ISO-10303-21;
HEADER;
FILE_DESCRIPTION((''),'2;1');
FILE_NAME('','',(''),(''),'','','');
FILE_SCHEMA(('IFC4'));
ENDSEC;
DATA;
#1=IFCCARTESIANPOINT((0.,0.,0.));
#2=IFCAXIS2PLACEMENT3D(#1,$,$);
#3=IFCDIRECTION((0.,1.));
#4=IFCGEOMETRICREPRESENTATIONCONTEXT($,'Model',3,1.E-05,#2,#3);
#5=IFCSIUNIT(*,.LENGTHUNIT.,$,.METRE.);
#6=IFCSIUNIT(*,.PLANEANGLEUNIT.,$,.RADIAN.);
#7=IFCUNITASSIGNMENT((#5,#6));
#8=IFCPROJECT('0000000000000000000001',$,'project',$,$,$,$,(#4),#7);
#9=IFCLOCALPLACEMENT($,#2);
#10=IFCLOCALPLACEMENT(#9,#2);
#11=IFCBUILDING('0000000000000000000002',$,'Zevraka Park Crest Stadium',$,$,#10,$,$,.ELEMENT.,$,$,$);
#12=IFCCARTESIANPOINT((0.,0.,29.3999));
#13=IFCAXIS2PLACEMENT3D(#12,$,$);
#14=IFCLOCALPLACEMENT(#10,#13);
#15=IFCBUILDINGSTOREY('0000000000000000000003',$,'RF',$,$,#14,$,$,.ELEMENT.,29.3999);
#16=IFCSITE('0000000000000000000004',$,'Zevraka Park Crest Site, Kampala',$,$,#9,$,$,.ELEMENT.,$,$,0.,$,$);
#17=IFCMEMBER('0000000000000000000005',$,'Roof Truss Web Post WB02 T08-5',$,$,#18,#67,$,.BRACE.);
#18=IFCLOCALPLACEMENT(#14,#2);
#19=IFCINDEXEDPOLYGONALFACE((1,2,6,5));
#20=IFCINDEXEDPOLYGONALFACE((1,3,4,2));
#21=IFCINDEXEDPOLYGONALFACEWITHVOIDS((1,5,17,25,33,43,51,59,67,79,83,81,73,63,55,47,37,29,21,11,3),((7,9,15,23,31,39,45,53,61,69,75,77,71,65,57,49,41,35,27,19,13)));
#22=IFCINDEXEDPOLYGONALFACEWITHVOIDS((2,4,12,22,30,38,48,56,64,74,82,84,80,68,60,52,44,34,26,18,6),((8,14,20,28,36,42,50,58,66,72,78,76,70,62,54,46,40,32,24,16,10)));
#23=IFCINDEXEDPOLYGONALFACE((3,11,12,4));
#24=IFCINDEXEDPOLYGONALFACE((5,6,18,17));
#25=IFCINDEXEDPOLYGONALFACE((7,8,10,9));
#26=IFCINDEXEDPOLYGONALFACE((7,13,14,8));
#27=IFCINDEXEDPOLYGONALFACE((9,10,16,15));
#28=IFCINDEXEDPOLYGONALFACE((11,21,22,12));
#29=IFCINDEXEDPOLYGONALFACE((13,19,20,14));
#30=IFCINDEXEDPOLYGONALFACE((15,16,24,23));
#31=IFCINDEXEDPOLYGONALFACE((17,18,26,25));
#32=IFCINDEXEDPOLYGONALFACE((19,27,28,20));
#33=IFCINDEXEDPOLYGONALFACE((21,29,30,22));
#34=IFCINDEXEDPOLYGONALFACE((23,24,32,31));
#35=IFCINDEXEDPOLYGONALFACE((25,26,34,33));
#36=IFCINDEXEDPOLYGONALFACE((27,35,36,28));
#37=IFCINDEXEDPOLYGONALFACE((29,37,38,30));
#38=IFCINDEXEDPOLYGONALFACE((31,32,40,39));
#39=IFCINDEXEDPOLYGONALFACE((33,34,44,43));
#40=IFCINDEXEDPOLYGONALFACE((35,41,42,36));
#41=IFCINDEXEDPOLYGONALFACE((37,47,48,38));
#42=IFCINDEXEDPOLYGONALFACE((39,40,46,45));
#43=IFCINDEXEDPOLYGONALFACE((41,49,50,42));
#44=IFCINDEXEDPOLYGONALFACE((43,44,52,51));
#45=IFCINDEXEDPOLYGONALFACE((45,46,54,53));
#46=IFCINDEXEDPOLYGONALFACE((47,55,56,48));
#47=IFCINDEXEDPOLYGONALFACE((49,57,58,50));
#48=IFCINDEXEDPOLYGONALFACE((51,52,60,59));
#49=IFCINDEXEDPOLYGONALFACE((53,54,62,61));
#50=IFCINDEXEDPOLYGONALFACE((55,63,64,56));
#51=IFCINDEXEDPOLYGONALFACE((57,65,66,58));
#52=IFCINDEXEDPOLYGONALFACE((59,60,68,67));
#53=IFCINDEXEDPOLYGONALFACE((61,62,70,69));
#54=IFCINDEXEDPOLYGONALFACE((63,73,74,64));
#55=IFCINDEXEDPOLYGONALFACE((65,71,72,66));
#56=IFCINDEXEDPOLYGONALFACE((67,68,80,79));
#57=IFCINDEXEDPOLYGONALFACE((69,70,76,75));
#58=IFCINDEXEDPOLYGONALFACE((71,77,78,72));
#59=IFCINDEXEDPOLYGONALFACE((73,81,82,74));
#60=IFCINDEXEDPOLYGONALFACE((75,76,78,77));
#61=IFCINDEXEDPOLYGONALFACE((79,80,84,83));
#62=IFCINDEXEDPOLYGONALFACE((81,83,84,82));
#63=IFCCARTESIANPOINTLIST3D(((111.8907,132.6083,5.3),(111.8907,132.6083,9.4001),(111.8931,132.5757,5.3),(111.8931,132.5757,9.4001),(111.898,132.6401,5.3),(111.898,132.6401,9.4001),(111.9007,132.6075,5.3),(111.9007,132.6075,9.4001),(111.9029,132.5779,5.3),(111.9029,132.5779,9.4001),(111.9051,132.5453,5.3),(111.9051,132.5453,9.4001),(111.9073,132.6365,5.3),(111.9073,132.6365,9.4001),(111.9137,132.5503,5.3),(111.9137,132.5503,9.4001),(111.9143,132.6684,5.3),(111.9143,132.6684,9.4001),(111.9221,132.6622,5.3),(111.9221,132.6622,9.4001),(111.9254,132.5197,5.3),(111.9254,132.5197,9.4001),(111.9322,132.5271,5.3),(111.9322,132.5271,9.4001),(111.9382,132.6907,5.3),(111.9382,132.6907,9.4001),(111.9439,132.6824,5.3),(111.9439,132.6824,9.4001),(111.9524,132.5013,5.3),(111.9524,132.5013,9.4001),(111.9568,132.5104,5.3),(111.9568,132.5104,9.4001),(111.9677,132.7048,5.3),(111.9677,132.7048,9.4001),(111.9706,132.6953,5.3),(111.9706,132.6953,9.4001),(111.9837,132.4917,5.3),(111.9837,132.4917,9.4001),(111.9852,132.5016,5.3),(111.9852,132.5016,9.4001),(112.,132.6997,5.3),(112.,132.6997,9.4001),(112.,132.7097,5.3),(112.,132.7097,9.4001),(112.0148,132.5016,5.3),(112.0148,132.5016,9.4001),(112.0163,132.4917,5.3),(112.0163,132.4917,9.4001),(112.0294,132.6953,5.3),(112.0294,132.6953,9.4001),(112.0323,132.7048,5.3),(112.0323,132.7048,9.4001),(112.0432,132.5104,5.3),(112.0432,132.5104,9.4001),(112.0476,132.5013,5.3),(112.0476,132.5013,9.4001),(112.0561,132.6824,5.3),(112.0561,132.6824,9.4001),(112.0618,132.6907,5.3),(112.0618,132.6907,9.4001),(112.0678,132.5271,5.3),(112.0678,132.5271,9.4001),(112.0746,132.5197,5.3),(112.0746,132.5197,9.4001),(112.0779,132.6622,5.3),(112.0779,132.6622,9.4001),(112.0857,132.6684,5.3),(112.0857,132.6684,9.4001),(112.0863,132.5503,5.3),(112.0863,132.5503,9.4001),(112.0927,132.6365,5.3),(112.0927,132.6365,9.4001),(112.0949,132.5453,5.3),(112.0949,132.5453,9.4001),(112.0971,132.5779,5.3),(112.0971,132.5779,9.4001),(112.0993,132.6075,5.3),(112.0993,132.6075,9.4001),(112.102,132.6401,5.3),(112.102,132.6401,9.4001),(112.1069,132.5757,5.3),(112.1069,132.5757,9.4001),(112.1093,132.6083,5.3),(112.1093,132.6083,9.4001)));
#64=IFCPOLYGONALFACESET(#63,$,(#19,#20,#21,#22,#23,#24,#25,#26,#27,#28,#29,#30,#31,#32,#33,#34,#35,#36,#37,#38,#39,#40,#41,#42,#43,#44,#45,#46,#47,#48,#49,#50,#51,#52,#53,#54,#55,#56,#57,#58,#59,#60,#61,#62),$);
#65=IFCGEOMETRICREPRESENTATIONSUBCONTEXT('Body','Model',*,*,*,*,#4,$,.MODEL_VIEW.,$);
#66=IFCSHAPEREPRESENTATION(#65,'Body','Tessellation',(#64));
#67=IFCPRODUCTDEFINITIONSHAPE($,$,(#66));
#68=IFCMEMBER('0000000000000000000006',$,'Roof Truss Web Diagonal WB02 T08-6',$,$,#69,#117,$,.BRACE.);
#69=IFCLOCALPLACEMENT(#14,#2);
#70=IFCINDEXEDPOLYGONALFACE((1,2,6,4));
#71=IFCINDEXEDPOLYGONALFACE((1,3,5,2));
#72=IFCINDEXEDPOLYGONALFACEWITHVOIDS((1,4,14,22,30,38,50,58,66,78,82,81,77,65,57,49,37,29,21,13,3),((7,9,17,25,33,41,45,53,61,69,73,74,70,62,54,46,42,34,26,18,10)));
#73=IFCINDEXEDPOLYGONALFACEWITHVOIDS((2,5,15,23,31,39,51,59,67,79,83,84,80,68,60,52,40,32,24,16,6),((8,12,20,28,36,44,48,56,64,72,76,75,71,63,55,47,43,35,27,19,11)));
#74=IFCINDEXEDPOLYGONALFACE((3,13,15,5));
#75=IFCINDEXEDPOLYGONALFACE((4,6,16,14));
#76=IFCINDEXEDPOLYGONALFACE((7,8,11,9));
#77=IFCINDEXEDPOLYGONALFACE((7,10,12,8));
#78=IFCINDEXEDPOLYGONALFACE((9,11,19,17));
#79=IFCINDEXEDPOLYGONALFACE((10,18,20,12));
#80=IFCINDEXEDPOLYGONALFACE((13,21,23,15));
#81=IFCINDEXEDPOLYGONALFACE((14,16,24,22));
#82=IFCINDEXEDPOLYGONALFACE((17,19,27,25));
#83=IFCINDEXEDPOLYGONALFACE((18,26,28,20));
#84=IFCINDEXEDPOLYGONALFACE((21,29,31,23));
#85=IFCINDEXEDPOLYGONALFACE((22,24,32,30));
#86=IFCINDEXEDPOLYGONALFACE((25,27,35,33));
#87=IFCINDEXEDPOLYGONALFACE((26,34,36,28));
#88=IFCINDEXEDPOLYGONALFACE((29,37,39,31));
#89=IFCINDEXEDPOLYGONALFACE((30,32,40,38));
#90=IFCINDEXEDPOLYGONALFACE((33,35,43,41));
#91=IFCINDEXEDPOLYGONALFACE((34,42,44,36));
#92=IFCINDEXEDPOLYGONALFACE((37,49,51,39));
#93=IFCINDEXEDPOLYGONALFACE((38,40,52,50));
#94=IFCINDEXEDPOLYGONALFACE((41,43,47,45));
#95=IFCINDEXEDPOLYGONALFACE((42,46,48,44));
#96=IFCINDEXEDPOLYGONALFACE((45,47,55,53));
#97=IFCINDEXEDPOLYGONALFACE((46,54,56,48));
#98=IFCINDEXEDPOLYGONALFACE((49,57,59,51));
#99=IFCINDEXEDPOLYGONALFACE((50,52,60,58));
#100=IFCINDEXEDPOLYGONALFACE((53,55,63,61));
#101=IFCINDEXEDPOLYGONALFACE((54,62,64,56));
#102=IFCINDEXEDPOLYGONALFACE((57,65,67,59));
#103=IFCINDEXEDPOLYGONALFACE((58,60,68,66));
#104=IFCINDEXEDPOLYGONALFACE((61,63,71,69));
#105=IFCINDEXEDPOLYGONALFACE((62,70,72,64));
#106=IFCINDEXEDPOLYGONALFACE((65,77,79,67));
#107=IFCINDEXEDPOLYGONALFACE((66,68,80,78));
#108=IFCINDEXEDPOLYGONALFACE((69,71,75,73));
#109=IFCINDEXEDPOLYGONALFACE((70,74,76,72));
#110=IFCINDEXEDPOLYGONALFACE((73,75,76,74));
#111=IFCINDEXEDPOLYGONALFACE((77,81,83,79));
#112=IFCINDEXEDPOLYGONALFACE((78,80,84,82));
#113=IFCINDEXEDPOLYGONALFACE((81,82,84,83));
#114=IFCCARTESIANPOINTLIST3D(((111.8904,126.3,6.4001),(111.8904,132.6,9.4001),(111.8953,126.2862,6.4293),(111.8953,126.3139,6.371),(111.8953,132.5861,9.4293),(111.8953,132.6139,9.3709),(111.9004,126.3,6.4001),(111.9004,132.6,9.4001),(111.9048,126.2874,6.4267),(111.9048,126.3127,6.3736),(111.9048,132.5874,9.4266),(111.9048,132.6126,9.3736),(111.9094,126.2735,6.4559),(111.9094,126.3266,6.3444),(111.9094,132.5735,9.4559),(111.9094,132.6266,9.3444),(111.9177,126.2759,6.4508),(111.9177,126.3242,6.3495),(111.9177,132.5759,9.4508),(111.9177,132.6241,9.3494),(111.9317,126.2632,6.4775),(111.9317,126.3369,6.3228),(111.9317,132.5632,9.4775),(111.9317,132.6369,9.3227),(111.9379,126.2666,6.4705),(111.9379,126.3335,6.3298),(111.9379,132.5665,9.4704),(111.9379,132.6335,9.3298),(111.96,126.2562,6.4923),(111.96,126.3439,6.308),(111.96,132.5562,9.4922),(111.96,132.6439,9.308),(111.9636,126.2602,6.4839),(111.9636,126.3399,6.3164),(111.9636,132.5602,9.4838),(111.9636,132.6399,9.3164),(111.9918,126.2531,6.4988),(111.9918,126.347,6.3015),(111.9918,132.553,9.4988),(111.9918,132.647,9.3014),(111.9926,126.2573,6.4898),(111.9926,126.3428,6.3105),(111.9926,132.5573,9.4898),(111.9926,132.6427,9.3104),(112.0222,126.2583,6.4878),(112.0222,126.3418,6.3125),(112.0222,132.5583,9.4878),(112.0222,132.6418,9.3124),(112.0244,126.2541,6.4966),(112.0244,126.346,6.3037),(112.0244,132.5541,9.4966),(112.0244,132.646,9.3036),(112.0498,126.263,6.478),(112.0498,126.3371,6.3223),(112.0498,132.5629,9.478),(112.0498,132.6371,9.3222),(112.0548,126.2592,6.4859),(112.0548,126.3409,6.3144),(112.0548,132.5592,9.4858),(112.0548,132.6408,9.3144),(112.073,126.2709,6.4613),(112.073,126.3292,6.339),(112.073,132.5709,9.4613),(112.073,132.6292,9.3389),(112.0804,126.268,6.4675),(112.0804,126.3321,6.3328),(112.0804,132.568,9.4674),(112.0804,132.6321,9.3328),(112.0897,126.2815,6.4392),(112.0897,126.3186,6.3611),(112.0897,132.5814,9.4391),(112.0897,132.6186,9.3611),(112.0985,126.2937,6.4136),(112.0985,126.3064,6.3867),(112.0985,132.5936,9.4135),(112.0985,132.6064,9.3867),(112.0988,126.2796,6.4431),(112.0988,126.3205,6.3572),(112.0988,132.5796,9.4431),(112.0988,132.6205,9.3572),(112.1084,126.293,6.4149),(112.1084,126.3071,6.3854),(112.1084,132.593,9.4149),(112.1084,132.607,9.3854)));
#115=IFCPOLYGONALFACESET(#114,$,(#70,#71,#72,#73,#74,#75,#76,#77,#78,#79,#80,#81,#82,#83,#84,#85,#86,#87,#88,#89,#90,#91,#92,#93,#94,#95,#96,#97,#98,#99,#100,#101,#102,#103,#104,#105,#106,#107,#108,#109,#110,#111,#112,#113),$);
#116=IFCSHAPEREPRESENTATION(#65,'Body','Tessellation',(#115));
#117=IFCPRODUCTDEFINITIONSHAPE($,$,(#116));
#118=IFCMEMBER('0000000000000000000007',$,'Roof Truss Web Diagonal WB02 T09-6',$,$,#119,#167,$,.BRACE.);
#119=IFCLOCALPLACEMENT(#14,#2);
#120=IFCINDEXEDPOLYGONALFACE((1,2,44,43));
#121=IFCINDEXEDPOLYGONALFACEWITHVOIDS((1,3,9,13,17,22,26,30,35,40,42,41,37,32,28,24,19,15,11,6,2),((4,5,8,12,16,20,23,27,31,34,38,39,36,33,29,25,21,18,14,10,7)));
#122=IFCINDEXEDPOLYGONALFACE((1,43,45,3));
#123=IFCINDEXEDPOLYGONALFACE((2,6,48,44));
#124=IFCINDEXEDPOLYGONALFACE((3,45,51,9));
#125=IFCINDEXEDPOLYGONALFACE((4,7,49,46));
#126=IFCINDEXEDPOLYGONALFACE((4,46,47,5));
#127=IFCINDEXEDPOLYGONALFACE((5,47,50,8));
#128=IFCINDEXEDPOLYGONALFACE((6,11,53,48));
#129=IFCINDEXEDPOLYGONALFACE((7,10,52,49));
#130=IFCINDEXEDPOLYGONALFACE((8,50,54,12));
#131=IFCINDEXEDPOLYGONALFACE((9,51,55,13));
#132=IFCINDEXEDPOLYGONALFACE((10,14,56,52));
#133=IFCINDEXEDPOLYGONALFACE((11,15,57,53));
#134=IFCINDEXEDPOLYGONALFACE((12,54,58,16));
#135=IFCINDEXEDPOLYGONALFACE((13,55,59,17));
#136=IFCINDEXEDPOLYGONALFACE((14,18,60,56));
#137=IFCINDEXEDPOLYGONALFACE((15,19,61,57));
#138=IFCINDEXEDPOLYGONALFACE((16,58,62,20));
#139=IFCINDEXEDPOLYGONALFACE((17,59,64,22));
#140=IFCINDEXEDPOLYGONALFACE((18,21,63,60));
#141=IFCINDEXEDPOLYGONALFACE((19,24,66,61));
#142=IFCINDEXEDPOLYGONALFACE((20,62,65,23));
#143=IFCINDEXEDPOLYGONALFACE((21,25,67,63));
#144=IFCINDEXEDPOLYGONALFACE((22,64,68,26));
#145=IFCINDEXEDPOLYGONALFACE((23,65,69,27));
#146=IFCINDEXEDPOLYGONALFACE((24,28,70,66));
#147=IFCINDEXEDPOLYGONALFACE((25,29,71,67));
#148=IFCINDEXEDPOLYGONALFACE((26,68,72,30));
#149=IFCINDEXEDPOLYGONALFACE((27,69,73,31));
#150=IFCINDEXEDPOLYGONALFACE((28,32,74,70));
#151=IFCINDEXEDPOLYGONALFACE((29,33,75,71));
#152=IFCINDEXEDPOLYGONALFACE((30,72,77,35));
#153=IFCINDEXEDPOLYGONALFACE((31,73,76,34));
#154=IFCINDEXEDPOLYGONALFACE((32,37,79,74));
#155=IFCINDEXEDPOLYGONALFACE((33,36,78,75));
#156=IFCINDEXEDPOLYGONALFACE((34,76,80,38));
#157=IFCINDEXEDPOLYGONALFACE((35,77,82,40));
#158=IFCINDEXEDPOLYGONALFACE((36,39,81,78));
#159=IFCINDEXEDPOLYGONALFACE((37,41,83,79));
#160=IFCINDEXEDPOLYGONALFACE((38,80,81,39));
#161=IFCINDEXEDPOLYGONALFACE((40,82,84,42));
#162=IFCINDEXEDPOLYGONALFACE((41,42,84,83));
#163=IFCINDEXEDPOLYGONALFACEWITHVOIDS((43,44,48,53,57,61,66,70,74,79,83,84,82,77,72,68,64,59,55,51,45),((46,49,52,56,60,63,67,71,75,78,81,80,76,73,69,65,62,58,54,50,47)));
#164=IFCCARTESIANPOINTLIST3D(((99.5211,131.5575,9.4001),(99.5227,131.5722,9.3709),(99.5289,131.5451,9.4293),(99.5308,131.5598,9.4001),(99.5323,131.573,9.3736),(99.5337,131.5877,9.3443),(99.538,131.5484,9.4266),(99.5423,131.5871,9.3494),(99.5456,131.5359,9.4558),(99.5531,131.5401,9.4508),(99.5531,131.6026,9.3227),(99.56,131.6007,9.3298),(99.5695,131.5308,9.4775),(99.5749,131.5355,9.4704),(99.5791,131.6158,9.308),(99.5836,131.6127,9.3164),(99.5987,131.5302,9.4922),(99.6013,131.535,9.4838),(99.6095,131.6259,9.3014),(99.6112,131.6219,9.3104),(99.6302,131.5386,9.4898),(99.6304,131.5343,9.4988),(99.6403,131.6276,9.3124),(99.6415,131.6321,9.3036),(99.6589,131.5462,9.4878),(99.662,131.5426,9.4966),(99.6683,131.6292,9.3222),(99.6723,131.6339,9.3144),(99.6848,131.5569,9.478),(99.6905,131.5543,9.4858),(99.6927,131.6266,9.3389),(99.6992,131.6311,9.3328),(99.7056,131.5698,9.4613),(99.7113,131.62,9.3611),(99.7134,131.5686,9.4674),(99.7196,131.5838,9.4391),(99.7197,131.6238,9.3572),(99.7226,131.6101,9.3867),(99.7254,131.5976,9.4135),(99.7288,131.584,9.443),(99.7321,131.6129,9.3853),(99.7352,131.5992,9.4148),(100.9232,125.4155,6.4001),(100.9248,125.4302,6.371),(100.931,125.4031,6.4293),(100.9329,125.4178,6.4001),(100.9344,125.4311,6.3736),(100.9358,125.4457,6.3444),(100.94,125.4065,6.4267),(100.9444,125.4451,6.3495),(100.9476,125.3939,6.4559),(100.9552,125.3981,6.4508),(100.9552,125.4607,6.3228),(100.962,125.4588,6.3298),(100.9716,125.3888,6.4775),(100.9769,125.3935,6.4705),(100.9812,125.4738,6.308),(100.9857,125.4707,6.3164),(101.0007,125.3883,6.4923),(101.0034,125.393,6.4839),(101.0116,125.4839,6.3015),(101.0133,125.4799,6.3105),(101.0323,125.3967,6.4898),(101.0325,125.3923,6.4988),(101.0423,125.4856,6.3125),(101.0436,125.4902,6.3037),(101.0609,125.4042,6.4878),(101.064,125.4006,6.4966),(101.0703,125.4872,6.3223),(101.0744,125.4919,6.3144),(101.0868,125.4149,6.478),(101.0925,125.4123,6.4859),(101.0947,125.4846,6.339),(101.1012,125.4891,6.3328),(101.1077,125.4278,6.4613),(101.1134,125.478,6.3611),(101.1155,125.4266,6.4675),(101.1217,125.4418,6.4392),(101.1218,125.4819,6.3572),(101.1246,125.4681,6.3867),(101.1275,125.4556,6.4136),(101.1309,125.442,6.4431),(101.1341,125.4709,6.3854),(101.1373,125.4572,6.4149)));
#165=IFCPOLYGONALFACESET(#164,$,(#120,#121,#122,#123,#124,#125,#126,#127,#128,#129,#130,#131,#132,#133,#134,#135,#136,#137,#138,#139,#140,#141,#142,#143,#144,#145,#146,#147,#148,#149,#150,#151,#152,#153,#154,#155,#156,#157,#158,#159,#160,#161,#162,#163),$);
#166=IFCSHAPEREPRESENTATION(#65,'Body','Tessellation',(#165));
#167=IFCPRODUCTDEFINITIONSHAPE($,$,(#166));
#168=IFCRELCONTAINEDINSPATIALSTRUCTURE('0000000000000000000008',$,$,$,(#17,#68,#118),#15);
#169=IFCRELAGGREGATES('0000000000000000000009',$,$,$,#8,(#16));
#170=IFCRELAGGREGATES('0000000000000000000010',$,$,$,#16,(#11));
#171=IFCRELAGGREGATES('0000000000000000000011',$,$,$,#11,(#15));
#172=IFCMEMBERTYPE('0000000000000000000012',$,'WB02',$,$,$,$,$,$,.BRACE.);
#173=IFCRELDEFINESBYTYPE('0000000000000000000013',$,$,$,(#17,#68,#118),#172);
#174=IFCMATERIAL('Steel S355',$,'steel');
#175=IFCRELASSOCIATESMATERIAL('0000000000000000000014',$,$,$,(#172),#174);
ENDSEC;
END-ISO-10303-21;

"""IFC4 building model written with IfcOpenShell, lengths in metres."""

from ifc_helpers import new_model, si_unit, direction, frame, origin, origin_2d, place, context, subcontext, project, spatial, hollow_circle, extrude, material, material_profile, profile_set, type_object, element, save


model = new_model("IFC4")

# Units and contexts
model_context = context("Model", 3, precision=1e-05, world=origin(), true_north=direction((0.0, 1.0)))
body_context = subcontext(model_context, "Body", "Model", "MODEL_VIEW")
ifc_project = project(units=[si_unit("LENGTHUNIT", "METRE"), si_unit("PLANEANGLEUNIT", "RADIAN")], contexts=[model_context])

# Site, building, storey
site_placement = place(None, origin())
site = spatial("IfcSite", under=ifc_project, at=site_placement, Name="Zevraka Park Crest Site, Kampala", CompositionType="ELEMENT", RefElevation=0.0)
building_placement = place(site_placement, origin())
building = spatial("IfcBuilding", under=site, at=building_placement, Name="Zevraka Park Crest Stadium", CompositionType="ELEMENT")
storey_placement = place(building_placement, frame((0.0, 0.0, 29.3999)))
storey = spatial("IfcBuildingStorey", under=building, at=storey_placement, Name="RF", CompositionType="ELEMENT", Elevation=29.3999)

# Members
ifc_material_1 = material(Name="Steel S355", Category="steel")
ifc_material_profile_1 = material_profile(ifc_material_1, hollow_circle(Radius=0.1096, WallThickness=0.01, at=origin_2d()), Name="CHS 219.1x10")
ifc_profile_set_1 = profile_set([ifc_material_profile_1], Name="Steel S355")
member_type_1 = type_object("IfcMemberType", Name="WB02", PredefinedType="BRACE", material=ifc_profile_set_1)
member_1_placement = place(storey_placement, frame((112.0, 132.6001, 5.3), z_axis=(0.0, 0.0, 1.0), x_axis=(0.0, 1.0, 0.0)))
element("IfcMember", 1, at=member_1_placement, inside=storey, type_object=member_type_1, Name="Roof Truss Web Post WB02 T08-5", PredefinedType="BRACE", context=body_context, shape_type="SweptSolid", body=[
    extrude(hollow_circle(Radius=0.1096, WallThickness=0.01, at=origin_2d()), origin(), (0.0, 0.0, 1.0), 4.1001),
])
for number, where, z_axis, x_axis, name in (
    (2, (112.0, 126.3, 6.4001), (0.0, 0.902862, 0.429931), (-1.0, 0.0, 0.0), "Roof Truss Web Diagonal WB02 T08-6"),
    (3, (101.03, 125.4399, 6.4001), (-0.200934, 0.88022, 0.429928), (-0.974921, -0.222552, 0.0), "Roof Truss Web Diagonal WB02 T09-6"),
):
    element("IfcMember", number, at=place(storey_placement, frame(where, z_axis=z_axis, x_axis=x_axis)), inside=storey, type_object=member_type_1, Name=name, PredefinedType="BRACE", context=body_context, shape_type="SweptSolid", body=[
        extrude(hollow_circle(Radius=0.1096, WallThickness=0.01, at=origin_2d()), origin(), (0.0, 0.0, 1.0), 6.9778),
    ])

save(model, "model.ifc")
